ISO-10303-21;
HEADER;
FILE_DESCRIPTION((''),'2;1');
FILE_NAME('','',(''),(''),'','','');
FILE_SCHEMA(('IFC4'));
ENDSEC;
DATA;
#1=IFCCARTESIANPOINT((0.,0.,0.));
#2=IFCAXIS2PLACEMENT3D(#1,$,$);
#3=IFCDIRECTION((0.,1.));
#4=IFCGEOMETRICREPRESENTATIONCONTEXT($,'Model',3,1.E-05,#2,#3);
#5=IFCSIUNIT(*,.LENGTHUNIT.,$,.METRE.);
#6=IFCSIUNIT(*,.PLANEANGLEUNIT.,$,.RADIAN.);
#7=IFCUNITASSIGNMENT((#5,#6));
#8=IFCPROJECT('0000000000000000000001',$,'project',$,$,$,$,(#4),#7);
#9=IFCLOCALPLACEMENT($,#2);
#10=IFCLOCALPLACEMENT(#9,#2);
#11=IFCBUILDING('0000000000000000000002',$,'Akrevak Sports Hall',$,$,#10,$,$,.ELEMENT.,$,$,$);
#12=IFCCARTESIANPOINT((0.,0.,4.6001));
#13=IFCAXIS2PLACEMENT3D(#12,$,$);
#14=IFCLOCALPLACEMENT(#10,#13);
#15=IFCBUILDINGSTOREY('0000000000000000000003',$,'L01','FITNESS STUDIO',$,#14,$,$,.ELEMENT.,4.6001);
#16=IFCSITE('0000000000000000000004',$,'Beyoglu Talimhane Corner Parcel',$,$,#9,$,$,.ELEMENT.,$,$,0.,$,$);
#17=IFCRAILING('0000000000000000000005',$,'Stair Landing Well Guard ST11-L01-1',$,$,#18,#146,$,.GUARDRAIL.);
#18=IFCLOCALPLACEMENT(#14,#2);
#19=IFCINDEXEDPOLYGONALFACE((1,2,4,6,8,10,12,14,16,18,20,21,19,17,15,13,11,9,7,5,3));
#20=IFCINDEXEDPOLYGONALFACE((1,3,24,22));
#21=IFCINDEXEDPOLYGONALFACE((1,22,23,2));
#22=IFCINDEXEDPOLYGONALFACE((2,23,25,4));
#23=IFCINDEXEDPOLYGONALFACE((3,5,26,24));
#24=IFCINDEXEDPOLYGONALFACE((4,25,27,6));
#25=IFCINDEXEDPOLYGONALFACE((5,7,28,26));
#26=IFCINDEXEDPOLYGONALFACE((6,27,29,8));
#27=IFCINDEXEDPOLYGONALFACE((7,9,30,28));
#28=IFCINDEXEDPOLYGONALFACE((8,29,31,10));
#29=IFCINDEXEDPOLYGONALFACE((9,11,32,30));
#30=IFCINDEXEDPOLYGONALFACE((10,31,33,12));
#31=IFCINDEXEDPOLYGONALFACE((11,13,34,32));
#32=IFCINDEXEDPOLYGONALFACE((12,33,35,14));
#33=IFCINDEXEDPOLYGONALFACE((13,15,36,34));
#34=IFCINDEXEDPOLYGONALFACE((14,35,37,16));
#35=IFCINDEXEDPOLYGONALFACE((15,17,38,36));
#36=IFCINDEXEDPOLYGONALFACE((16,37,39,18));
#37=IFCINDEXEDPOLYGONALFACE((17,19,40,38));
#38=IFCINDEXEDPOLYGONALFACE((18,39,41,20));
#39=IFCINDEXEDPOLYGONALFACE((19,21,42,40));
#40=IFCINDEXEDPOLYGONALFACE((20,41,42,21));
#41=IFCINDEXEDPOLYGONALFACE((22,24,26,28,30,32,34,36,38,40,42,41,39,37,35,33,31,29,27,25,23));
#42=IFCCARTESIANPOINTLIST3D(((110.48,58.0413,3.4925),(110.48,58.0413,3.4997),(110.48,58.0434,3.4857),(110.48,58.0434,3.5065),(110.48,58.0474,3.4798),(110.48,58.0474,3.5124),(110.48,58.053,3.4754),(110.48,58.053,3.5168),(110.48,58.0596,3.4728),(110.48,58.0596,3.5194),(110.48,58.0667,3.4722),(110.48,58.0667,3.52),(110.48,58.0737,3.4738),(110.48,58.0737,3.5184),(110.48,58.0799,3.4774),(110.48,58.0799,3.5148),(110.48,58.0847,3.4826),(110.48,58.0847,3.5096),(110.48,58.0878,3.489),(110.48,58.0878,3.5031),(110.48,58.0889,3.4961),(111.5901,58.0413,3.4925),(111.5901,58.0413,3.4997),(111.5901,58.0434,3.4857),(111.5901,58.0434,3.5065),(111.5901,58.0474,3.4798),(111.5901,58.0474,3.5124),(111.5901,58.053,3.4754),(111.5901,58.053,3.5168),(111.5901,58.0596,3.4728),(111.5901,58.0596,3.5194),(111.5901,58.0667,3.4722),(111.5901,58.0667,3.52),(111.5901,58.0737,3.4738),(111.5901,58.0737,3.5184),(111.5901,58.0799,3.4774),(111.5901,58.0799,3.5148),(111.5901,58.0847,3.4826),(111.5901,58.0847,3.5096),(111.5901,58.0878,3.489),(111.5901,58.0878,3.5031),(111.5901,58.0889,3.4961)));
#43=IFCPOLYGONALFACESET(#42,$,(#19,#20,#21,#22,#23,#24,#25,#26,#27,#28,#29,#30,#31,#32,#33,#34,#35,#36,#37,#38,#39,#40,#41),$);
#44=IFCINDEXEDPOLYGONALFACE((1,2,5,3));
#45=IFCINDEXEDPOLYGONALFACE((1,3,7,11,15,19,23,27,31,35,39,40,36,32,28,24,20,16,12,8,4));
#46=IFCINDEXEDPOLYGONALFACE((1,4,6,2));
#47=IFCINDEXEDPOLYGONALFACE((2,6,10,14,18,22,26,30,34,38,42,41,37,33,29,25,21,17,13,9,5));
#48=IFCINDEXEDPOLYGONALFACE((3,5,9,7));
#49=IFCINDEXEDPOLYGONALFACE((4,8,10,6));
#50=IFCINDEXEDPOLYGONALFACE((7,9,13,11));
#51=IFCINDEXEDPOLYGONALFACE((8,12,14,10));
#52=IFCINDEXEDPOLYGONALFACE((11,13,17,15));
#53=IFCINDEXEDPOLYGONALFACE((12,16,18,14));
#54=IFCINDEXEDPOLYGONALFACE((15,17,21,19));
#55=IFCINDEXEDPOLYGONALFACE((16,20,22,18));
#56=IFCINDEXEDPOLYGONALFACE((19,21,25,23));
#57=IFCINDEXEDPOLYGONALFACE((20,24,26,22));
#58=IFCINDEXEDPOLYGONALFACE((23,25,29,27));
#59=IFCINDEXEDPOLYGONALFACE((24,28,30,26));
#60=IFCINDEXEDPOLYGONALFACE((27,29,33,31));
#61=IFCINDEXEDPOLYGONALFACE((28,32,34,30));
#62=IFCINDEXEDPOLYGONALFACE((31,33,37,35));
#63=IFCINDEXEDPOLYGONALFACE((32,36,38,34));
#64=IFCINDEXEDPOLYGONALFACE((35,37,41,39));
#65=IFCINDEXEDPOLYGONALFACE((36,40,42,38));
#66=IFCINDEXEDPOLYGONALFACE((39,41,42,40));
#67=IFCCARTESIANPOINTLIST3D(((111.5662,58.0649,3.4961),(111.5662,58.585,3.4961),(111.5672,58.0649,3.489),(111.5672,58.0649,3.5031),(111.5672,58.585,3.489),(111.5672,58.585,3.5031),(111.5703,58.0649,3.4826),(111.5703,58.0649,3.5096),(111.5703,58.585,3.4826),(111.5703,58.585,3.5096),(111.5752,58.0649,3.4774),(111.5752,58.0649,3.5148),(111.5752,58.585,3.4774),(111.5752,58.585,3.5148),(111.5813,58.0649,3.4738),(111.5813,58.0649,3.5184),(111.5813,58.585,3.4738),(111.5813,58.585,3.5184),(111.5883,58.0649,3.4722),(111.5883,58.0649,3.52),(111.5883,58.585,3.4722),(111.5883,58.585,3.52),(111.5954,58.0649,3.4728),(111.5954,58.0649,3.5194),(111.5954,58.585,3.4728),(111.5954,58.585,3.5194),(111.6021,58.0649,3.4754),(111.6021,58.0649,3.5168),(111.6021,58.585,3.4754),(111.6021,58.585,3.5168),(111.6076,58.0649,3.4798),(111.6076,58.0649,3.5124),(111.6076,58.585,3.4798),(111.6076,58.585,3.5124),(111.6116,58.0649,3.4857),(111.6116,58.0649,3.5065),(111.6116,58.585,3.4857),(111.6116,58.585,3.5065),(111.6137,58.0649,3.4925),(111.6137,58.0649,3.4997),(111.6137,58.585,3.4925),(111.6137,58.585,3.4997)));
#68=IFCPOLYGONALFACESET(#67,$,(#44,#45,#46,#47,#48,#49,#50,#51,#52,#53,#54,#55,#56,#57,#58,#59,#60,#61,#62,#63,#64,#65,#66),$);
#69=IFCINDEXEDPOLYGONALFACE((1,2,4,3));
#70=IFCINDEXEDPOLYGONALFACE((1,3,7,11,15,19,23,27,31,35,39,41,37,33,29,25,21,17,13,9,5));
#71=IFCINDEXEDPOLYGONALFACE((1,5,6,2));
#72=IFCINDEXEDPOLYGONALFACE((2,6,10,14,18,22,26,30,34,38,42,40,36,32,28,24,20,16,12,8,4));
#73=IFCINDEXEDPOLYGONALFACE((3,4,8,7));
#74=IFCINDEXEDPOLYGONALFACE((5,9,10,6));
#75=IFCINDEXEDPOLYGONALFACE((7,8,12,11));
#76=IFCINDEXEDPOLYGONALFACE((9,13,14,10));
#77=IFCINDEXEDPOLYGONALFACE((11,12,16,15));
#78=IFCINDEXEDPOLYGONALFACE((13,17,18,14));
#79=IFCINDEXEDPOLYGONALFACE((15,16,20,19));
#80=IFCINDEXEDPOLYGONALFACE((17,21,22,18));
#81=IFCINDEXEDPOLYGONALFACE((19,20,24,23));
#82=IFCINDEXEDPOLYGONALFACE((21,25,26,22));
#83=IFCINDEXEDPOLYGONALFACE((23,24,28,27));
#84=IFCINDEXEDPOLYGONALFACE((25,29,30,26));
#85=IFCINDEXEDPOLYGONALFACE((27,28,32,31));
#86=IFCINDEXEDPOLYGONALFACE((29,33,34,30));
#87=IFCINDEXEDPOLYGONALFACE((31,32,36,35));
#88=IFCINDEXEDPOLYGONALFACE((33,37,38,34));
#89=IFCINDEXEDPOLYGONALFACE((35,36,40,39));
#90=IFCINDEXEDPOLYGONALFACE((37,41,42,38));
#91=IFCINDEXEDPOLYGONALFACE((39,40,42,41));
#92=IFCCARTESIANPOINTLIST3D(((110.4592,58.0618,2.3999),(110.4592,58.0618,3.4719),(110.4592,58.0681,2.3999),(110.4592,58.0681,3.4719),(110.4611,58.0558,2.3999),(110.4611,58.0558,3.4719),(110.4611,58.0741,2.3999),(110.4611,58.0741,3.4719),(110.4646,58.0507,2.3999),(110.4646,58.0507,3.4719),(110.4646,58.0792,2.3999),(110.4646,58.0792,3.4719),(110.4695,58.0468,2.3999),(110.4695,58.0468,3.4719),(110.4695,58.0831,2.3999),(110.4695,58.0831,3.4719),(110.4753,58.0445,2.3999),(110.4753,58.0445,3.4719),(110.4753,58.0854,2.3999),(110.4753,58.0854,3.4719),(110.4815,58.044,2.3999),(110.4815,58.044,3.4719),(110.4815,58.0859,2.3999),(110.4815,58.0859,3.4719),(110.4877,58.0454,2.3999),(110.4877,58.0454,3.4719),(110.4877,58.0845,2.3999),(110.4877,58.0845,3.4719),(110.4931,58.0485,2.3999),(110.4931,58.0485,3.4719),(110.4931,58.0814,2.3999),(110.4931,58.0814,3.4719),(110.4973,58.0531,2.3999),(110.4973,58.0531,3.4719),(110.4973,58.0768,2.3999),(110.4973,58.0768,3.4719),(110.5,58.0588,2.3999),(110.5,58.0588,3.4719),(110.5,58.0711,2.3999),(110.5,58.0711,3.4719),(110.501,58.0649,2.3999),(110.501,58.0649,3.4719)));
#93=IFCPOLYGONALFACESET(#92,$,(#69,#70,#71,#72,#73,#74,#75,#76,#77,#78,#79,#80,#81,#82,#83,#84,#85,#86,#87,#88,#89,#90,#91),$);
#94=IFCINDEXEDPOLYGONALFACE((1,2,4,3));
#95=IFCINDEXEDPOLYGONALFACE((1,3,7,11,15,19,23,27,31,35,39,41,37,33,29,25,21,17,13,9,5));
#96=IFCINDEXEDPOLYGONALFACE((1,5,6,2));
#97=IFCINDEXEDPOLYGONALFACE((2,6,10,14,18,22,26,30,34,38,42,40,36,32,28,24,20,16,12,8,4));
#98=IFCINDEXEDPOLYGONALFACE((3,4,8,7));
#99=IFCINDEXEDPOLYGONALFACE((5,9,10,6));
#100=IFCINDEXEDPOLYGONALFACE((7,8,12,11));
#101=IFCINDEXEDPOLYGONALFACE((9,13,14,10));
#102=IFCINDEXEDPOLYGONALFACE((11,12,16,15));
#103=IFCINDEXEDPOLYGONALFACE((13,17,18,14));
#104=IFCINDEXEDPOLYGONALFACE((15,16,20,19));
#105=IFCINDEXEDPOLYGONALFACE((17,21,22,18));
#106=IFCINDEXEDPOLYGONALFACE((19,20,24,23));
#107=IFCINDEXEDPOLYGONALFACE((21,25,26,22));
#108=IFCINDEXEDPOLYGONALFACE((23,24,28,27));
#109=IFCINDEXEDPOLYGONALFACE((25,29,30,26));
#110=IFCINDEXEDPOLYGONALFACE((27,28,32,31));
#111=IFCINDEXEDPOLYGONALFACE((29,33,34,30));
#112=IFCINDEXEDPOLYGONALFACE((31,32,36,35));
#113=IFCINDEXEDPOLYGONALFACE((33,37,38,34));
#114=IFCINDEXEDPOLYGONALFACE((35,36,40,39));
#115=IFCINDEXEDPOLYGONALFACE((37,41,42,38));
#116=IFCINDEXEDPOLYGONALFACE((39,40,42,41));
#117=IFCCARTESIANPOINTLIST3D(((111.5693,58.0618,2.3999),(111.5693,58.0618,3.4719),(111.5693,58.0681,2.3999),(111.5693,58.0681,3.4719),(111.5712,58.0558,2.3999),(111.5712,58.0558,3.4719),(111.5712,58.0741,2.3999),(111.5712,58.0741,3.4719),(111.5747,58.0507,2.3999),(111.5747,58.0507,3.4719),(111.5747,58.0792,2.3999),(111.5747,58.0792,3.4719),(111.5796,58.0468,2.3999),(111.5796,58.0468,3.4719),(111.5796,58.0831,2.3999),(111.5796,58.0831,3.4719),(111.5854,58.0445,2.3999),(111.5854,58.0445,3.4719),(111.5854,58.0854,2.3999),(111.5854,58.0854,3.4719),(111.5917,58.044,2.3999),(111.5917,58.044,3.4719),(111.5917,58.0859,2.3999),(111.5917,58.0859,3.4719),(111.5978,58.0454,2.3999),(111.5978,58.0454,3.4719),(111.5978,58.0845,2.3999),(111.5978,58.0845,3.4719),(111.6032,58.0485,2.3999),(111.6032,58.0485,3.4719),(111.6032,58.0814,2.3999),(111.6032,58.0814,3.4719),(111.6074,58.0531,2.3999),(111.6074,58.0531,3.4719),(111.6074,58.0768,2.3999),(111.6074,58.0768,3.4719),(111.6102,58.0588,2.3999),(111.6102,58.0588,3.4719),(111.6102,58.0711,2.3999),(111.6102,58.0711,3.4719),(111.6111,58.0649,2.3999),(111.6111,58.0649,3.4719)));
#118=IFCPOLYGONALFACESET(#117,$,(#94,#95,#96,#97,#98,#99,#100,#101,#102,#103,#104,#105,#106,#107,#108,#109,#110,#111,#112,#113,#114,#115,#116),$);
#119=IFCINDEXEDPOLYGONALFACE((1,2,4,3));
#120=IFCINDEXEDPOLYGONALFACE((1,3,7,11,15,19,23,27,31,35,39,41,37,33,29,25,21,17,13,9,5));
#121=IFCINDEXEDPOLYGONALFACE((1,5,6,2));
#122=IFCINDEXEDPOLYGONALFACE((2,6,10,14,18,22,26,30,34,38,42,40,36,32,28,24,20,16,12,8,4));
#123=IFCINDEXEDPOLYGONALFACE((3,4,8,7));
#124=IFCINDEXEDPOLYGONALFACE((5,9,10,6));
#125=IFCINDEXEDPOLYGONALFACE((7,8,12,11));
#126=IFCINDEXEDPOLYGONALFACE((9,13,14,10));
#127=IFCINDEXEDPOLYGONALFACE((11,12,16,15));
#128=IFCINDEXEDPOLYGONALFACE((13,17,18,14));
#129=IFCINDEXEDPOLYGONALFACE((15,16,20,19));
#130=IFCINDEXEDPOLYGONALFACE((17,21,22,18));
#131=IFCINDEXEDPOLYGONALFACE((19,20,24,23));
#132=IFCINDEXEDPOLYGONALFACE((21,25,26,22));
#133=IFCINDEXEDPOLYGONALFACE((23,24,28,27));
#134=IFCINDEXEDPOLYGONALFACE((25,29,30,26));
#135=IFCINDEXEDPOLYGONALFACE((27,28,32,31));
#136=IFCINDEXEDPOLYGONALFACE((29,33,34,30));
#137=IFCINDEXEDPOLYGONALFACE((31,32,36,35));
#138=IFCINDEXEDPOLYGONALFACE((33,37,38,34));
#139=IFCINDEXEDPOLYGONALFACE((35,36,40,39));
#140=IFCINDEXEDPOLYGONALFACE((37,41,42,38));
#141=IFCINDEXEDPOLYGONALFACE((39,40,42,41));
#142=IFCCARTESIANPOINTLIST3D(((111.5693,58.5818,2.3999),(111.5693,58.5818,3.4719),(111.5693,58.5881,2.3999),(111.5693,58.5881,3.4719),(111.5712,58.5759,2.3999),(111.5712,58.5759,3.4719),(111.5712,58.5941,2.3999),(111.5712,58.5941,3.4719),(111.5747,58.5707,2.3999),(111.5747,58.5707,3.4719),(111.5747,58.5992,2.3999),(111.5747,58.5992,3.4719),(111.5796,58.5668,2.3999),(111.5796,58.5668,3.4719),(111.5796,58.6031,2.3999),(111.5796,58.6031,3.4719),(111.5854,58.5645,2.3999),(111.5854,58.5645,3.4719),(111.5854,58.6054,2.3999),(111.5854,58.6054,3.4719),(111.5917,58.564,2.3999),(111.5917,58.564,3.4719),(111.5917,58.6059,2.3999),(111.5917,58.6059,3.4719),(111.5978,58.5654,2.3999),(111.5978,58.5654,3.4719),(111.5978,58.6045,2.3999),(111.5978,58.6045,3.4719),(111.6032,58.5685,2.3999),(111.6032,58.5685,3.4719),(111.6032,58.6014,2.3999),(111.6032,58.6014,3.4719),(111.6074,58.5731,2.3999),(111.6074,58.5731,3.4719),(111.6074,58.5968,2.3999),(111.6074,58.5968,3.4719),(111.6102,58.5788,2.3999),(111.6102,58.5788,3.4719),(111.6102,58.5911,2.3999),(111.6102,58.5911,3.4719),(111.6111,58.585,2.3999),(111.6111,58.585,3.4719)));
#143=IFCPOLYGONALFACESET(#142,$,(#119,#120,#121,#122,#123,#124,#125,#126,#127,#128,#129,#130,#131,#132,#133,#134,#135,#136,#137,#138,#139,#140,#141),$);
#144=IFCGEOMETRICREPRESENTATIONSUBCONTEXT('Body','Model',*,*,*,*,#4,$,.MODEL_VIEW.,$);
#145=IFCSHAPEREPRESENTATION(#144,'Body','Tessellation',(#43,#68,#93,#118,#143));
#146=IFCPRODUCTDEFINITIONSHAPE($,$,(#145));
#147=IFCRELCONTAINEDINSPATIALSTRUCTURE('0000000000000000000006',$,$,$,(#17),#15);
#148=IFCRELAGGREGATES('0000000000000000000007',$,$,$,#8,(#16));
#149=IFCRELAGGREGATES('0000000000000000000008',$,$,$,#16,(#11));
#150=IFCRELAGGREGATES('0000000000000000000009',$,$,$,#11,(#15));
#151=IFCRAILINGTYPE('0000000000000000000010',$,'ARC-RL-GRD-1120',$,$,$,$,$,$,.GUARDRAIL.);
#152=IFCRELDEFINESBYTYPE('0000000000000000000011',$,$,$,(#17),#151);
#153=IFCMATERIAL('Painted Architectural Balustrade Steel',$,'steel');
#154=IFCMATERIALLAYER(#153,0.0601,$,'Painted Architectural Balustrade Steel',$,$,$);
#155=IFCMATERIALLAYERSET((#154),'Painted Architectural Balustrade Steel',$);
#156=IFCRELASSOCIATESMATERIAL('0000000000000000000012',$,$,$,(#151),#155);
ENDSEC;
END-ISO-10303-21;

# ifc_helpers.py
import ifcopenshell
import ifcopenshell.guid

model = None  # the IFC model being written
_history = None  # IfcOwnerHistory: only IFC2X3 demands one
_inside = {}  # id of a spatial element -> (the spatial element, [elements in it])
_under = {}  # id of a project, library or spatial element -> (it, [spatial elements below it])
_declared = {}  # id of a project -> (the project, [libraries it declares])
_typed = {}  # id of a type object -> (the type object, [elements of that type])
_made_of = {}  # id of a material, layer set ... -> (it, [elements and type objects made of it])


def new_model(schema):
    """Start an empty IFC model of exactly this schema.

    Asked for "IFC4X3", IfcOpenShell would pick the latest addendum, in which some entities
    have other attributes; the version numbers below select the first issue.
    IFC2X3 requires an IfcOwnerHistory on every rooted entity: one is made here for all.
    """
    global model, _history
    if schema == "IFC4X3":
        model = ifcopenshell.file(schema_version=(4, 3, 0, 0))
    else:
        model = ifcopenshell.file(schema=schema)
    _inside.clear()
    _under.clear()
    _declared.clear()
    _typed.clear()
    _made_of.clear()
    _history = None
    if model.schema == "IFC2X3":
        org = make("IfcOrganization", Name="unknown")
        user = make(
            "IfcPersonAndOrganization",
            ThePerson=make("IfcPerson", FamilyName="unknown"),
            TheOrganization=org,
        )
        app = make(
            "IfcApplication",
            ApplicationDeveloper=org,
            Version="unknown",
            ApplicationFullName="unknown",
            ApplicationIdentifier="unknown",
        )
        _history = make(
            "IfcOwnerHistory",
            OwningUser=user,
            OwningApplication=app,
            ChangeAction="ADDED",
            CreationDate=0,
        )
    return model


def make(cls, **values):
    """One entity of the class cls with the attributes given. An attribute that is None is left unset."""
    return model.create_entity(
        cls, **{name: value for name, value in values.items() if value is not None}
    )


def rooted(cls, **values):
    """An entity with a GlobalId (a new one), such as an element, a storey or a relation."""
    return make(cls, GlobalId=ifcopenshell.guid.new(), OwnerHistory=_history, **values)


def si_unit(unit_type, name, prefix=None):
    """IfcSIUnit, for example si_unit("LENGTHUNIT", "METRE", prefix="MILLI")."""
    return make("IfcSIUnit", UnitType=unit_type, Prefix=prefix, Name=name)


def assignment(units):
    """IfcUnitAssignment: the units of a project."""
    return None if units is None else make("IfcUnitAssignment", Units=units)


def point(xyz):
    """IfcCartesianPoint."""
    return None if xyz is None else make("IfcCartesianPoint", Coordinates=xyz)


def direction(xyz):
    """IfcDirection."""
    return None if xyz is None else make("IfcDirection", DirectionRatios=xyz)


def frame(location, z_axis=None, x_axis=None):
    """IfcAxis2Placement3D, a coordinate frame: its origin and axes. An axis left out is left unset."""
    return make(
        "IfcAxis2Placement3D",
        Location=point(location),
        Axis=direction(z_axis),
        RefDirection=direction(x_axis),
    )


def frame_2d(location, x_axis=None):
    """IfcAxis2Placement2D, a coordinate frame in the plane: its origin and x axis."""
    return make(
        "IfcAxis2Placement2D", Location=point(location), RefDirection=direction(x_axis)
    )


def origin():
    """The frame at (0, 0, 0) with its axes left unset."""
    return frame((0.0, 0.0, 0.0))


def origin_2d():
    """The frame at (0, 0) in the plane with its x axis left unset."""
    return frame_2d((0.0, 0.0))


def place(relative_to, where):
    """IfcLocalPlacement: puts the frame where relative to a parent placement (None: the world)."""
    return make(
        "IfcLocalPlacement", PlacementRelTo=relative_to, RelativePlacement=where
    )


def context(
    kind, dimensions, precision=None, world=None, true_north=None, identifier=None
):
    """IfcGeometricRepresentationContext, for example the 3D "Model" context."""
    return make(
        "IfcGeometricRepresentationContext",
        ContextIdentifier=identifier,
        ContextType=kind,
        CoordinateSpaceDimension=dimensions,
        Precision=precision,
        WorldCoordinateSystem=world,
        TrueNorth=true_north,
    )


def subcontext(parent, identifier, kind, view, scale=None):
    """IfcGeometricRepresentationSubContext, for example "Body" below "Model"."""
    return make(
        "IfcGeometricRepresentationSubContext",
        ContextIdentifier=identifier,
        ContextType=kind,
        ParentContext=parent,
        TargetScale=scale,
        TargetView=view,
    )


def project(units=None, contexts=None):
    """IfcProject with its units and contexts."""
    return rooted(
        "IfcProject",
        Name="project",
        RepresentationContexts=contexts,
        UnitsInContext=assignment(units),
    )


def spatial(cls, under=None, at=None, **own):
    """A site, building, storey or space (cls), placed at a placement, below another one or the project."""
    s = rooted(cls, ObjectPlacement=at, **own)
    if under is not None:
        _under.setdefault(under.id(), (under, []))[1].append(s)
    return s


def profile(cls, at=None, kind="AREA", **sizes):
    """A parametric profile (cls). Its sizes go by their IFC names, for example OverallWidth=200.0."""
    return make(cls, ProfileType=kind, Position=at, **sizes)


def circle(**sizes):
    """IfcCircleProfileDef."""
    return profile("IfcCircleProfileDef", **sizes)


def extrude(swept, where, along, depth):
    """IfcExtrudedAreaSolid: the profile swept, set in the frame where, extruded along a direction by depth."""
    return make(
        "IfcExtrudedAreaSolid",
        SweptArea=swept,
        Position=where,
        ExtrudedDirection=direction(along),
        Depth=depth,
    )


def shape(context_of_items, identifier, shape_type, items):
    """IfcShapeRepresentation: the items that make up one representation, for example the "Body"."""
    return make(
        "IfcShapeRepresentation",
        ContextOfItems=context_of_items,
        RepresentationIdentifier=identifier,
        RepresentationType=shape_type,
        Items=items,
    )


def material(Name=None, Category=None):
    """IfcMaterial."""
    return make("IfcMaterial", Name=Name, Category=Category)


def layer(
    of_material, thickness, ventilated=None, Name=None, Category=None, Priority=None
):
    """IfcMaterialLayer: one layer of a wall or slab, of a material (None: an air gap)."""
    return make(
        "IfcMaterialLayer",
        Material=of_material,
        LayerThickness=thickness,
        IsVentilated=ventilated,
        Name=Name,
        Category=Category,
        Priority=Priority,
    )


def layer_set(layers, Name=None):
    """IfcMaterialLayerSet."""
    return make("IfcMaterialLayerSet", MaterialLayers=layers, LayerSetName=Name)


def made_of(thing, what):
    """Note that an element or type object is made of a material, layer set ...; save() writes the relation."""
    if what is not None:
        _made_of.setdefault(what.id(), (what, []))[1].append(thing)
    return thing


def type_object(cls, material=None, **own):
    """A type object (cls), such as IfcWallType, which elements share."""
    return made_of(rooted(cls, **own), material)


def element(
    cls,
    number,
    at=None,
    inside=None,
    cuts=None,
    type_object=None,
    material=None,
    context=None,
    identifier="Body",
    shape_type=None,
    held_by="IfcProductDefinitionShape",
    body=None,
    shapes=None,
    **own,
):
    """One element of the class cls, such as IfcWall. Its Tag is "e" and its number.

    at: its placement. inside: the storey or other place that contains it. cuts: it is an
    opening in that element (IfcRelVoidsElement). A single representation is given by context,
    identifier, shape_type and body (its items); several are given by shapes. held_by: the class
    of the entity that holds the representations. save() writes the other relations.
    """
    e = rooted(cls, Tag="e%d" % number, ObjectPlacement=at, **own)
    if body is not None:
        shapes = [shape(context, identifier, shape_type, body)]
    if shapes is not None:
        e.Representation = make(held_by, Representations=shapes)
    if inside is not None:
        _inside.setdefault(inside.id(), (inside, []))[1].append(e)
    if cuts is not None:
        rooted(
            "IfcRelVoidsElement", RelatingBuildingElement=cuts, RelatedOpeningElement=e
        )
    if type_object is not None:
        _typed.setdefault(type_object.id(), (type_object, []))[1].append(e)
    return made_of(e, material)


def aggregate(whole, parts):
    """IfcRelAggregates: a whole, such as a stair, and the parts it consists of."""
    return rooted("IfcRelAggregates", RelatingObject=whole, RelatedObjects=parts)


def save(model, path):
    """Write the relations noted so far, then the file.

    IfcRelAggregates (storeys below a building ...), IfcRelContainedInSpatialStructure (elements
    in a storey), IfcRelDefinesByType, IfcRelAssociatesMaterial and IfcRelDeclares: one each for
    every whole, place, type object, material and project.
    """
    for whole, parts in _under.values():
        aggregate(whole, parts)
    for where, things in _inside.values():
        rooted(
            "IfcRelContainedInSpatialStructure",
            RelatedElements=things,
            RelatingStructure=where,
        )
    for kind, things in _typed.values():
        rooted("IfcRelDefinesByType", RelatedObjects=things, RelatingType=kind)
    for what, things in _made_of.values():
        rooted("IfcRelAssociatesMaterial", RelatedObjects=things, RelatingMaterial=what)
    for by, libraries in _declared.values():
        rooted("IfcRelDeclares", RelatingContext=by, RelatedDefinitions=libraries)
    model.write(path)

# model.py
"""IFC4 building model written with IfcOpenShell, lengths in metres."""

from ifc_helpers import new_model, si_unit, direction, frame, origin, origin_2d, place, context, subcontext, project, spatial, circle, extrude, material, layer, layer_set, type_object, element, save


model = new_model("IFC4")

# Units and contexts
model_context = context("Model", 3, precision=1e-05, world=origin(), true_north=direction((0.0, 1.0)))
body_context = subcontext(model_context, "Body", "Model", "MODEL_VIEW")
ifc_project = project(units=[si_unit("LENGTHUNIT", "METRE"), si_unit("PLANEANGLEUNIT", "RADIAN")], contexts=[model_context])

# Site, building, storey
site_placement = place(None, origin())
site = spatial("IfcSite", under=ifc_project, at=site_placement, Name="Beyoglu Talimhane Corner Parcel", CompositionType="ELEMENT", RefElevation=0.0)
building_placement = place(site_placement, origin())
building = spatial("IfcBuilding", under=site, at=building_placement, Name="Akrevak Sports Hall", CompositionType="ELEMENT")
storey_placement = place(building_placement, frame((0.0, 0.0, 4.6001)))
storey = spatial("IfcBuildingStorey", under=building, at=storey_placement, Name="L01", Description="FITNESS STUDIO", CompositionType="ELEMENT", Elevation=4.6001)

# Railing
ifc_material_1 = material(Name="Painted Architectural Balustrade Steel", Category="steel")
ifc_layer_1 = layer(ifc_material_1, 0.0601, Name="Painted Architectural Balustrade Steel")
ifc_layer_set_1 = layer_set([ifc_layer_1], Name="Painted Architectural Balustrade Steel")
railing_type_1 = type_object("IfcRailingType", Name="ARC-RL-GRD-1120", PredefinedType="GUARDRAIL", material=ifc_layer_set_1)
railing_1_placement = place(storey_placement, frame((110.48, 58.0649, 2.3999)))
element("IfcRailing", 1, at=railing_1_placement, inside=storey, type_object=railing_type_1, Name="Stair Landing Well Guard ST11-L01-1", PredefinedType="GUARDRAIL", context=body_context, shape_type="SweptSolid", body=[
    extrude(circle(Radius=0.0239, at=origin_2d()), frame((0.0, 0.0, 1.0962), z_axis=(1.0, 0.0, 0.0), x_axis=(0.0, 1.0, 0.0)), (0.0, 0.0, 1.0), 1.1101),
    extrude(circle(Radius=0.0239, at=origin_2d()), frame((1.1101, 0.0, 1.0962), z_axis=(0.0, 1.0, 0.0), x_axis=(-1.0, 0.0, 0.0)), (0.0, 0.0, 1.0), 0.52),
    extrude(circle(Radius=0.021, at=origin_2d()), origin(), (0.0, 0.0, 1.0), 1.072),
    extrude(circle(Radius=0.021, at=origin_2d()), frame((1.1101, 0.0, 0.0)), (0.0, 0.0, 1.0), 1.072),
    extrude(circle(Radius=0.021, at=origin_2d()), frame((1.1101, 0.52, 0.0)), (0.0, 0.0, 1.0), 1.072),
])

save(model, "model.ifc")
